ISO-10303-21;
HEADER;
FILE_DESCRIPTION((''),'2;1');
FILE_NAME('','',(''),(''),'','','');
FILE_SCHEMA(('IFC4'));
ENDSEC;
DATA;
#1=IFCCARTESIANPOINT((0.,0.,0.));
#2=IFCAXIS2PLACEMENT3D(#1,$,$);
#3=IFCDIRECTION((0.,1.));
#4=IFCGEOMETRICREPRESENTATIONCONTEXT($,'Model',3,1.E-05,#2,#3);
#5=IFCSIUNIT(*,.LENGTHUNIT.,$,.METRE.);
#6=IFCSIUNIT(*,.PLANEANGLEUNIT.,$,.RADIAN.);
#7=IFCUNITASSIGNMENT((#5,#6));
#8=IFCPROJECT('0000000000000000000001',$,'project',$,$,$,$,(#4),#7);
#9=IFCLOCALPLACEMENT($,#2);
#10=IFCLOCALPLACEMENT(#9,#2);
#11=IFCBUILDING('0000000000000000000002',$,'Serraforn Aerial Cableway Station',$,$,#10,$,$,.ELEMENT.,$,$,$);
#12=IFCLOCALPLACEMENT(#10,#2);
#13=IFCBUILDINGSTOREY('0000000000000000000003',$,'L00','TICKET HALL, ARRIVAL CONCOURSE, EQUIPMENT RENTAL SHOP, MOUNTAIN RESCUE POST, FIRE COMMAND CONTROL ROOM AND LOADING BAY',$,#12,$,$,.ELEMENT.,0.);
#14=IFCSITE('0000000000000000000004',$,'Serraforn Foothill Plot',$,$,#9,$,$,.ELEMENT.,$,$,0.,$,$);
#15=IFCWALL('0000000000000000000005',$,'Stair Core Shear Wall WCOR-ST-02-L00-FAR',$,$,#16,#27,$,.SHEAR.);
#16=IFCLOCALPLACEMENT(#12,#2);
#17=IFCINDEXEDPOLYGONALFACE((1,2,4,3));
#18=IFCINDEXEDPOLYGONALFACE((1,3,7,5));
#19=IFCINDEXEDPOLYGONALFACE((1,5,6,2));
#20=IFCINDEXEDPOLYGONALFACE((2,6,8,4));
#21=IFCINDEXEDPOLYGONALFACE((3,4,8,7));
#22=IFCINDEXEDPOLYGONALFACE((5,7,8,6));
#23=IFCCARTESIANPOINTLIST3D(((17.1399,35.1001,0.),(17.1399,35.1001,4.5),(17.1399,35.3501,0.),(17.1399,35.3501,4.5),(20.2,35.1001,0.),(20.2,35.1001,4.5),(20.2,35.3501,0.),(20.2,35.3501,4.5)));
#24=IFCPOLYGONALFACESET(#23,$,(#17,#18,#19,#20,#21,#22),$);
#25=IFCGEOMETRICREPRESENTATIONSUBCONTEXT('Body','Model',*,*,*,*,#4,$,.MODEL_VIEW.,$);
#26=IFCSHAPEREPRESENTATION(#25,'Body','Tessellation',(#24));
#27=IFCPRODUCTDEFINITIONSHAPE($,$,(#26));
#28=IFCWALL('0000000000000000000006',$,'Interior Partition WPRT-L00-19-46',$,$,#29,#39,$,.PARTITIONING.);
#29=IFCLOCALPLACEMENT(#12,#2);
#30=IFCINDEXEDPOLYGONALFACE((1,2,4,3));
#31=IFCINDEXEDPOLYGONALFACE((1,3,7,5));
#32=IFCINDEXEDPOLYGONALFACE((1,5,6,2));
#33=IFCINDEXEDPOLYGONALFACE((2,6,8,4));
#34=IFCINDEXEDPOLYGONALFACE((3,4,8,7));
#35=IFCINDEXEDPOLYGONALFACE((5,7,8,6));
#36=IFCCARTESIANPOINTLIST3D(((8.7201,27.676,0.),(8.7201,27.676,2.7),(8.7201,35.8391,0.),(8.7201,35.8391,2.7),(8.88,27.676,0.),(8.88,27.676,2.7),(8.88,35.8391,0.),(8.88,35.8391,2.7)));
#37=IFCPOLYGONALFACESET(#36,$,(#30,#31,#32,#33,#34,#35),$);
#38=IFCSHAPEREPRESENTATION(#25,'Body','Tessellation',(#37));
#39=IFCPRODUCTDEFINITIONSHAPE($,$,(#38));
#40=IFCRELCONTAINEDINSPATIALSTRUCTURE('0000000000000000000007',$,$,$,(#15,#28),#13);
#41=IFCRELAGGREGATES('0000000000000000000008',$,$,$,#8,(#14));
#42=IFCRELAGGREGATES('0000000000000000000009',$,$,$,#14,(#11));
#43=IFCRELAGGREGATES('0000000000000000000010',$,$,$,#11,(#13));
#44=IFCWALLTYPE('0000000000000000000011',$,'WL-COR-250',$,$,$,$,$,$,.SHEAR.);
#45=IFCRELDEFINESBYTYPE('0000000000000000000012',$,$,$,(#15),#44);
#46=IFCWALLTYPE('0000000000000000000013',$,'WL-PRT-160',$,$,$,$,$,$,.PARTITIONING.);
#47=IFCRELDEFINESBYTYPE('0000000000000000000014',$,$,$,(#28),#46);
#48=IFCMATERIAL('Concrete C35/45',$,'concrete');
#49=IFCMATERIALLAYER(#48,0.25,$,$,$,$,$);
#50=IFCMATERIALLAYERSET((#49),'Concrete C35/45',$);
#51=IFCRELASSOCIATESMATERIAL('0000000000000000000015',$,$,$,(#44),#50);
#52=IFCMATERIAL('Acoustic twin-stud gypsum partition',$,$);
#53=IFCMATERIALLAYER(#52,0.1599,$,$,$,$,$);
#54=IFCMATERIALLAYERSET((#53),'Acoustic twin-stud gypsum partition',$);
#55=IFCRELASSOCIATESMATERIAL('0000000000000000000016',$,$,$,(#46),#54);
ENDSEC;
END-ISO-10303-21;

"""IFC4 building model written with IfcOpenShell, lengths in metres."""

from ifc_helpers import new_model, si_unit, direction, frame, frame_2d, origin, place, context, subcontext, project, spatial, rectangle, extrude, material, layer, layer_set, type_object, element, save


model = new_model("IFC4")

# Units and contexts
model_context = context("Model", 3, precision=1e-05, world=origin(), true_north=direction((0.0, 1.0)))
body_context = subcontext(model_context, "Body", "Model", "MODEL_VIEW")
ifc_project = project(units=[si_unit("LENGTHUNIT", "METRE"), si_unit("PLANEANGLEUNIT", "RADIAN")], contexts=[model_context])

# Site, building, storey
site_placement = place(None, origin())
site = spatial("IfcSite", under=ifc_project, at=site_placement, Name="Serraforn Foothill Plot", CompositionType="ELEMENT", RefElevation=0.0)
building_placement = place(site_placement, origin())
building = spatial("IfcBuilding", under=site, at=building_placement, Name="Serraforn Aerial Cableway Station", CompositionType="ELEMENT")
storey_placement = place(building_placement, origin())
storey = spatial("IfcBuildingStorey", under=building, at=storey_placement, Name="L00", Description="TICKET HALL, ARRIVAL CONCOURSE, EQUIPMENT RENTAL SHOP, MOUNTAIN RESCUE POST, FIRE COMMAND CONTROL ROOM AND LOADING BAY", CompositionType="ELEMENT", Elevation=0.0)

# Walls
ifc_material_1 = material(Name="Concrete C35/45", Category="concrete")
ifc_layer_1 = layer(ifc_material_1, 0.25)
ifc_layer_set_1 = layer_set([ifc_layer_1], Name="Concrete C35/45")
wall_type_1 = type_object("IfcWallType", Name="WL-COR-250", PredefinedType="SHEAR", material=ifc_layer_set_1)
wall_1_placement = place(storey_placement, frame((20.2, 35.2251, 0.0), z_axis=(0.0, 0.0, 1.0), x_axis=(-1.0, 0.0, 0.0)))
element("IfcWall", 1, at=wall_1_placement, inside=storey, type_object=wall_type_1, Name="Stair Core Shear Wall WCOR-ST-02-L00-FAR", PredefinedType="SHEAR", context=body_context, shape_type="SweptSolid", body=[
    extrude(rectangle(XDim=3.0601, YDim=0.25, at=frame_2d((1.53, 0.0))), origin(), (0.0, 0.0, 1.0), 4.5),
])
ifc_material_2 = material(Name="Acoustic twin-stud gypsum partition")
ifc_layer_2 = layer(ifc_material_2, 0.1599)
ifc_layer_set_2 = layer_set([ifc_layer_2], Name="Acoustic twin-stud gypsum partition")
wall_type_2 = type_object("IfcWallType", Name="WL-PRT-160", PredefinedType="PARTITIONING", material=ifc_layer_set_2)
wall_2_placement = place(storey_placement, frame((8.8, 35.8391, 0.0), z_axis=(0.0, 0.0, 1.0), x_axis=(0.0, -1.0, 0.0)))
element("IfcWall", 2, at=wall_2_placement, inside=storey, type_object=wall_type_2, Name="Interior Partition WPRT-L00-19-46", PredefinedType="PARTITIONING", context=body_context, shape_type="SweptSolid", body=[
    extrude(rectangle(XDim=8.1631, YDim=0.1599, at=frame_2d((4.0815, 0.0))), origin(), (0.0, 0.0, 1.0), 2.7),
])

save(model, "model.ifc")
